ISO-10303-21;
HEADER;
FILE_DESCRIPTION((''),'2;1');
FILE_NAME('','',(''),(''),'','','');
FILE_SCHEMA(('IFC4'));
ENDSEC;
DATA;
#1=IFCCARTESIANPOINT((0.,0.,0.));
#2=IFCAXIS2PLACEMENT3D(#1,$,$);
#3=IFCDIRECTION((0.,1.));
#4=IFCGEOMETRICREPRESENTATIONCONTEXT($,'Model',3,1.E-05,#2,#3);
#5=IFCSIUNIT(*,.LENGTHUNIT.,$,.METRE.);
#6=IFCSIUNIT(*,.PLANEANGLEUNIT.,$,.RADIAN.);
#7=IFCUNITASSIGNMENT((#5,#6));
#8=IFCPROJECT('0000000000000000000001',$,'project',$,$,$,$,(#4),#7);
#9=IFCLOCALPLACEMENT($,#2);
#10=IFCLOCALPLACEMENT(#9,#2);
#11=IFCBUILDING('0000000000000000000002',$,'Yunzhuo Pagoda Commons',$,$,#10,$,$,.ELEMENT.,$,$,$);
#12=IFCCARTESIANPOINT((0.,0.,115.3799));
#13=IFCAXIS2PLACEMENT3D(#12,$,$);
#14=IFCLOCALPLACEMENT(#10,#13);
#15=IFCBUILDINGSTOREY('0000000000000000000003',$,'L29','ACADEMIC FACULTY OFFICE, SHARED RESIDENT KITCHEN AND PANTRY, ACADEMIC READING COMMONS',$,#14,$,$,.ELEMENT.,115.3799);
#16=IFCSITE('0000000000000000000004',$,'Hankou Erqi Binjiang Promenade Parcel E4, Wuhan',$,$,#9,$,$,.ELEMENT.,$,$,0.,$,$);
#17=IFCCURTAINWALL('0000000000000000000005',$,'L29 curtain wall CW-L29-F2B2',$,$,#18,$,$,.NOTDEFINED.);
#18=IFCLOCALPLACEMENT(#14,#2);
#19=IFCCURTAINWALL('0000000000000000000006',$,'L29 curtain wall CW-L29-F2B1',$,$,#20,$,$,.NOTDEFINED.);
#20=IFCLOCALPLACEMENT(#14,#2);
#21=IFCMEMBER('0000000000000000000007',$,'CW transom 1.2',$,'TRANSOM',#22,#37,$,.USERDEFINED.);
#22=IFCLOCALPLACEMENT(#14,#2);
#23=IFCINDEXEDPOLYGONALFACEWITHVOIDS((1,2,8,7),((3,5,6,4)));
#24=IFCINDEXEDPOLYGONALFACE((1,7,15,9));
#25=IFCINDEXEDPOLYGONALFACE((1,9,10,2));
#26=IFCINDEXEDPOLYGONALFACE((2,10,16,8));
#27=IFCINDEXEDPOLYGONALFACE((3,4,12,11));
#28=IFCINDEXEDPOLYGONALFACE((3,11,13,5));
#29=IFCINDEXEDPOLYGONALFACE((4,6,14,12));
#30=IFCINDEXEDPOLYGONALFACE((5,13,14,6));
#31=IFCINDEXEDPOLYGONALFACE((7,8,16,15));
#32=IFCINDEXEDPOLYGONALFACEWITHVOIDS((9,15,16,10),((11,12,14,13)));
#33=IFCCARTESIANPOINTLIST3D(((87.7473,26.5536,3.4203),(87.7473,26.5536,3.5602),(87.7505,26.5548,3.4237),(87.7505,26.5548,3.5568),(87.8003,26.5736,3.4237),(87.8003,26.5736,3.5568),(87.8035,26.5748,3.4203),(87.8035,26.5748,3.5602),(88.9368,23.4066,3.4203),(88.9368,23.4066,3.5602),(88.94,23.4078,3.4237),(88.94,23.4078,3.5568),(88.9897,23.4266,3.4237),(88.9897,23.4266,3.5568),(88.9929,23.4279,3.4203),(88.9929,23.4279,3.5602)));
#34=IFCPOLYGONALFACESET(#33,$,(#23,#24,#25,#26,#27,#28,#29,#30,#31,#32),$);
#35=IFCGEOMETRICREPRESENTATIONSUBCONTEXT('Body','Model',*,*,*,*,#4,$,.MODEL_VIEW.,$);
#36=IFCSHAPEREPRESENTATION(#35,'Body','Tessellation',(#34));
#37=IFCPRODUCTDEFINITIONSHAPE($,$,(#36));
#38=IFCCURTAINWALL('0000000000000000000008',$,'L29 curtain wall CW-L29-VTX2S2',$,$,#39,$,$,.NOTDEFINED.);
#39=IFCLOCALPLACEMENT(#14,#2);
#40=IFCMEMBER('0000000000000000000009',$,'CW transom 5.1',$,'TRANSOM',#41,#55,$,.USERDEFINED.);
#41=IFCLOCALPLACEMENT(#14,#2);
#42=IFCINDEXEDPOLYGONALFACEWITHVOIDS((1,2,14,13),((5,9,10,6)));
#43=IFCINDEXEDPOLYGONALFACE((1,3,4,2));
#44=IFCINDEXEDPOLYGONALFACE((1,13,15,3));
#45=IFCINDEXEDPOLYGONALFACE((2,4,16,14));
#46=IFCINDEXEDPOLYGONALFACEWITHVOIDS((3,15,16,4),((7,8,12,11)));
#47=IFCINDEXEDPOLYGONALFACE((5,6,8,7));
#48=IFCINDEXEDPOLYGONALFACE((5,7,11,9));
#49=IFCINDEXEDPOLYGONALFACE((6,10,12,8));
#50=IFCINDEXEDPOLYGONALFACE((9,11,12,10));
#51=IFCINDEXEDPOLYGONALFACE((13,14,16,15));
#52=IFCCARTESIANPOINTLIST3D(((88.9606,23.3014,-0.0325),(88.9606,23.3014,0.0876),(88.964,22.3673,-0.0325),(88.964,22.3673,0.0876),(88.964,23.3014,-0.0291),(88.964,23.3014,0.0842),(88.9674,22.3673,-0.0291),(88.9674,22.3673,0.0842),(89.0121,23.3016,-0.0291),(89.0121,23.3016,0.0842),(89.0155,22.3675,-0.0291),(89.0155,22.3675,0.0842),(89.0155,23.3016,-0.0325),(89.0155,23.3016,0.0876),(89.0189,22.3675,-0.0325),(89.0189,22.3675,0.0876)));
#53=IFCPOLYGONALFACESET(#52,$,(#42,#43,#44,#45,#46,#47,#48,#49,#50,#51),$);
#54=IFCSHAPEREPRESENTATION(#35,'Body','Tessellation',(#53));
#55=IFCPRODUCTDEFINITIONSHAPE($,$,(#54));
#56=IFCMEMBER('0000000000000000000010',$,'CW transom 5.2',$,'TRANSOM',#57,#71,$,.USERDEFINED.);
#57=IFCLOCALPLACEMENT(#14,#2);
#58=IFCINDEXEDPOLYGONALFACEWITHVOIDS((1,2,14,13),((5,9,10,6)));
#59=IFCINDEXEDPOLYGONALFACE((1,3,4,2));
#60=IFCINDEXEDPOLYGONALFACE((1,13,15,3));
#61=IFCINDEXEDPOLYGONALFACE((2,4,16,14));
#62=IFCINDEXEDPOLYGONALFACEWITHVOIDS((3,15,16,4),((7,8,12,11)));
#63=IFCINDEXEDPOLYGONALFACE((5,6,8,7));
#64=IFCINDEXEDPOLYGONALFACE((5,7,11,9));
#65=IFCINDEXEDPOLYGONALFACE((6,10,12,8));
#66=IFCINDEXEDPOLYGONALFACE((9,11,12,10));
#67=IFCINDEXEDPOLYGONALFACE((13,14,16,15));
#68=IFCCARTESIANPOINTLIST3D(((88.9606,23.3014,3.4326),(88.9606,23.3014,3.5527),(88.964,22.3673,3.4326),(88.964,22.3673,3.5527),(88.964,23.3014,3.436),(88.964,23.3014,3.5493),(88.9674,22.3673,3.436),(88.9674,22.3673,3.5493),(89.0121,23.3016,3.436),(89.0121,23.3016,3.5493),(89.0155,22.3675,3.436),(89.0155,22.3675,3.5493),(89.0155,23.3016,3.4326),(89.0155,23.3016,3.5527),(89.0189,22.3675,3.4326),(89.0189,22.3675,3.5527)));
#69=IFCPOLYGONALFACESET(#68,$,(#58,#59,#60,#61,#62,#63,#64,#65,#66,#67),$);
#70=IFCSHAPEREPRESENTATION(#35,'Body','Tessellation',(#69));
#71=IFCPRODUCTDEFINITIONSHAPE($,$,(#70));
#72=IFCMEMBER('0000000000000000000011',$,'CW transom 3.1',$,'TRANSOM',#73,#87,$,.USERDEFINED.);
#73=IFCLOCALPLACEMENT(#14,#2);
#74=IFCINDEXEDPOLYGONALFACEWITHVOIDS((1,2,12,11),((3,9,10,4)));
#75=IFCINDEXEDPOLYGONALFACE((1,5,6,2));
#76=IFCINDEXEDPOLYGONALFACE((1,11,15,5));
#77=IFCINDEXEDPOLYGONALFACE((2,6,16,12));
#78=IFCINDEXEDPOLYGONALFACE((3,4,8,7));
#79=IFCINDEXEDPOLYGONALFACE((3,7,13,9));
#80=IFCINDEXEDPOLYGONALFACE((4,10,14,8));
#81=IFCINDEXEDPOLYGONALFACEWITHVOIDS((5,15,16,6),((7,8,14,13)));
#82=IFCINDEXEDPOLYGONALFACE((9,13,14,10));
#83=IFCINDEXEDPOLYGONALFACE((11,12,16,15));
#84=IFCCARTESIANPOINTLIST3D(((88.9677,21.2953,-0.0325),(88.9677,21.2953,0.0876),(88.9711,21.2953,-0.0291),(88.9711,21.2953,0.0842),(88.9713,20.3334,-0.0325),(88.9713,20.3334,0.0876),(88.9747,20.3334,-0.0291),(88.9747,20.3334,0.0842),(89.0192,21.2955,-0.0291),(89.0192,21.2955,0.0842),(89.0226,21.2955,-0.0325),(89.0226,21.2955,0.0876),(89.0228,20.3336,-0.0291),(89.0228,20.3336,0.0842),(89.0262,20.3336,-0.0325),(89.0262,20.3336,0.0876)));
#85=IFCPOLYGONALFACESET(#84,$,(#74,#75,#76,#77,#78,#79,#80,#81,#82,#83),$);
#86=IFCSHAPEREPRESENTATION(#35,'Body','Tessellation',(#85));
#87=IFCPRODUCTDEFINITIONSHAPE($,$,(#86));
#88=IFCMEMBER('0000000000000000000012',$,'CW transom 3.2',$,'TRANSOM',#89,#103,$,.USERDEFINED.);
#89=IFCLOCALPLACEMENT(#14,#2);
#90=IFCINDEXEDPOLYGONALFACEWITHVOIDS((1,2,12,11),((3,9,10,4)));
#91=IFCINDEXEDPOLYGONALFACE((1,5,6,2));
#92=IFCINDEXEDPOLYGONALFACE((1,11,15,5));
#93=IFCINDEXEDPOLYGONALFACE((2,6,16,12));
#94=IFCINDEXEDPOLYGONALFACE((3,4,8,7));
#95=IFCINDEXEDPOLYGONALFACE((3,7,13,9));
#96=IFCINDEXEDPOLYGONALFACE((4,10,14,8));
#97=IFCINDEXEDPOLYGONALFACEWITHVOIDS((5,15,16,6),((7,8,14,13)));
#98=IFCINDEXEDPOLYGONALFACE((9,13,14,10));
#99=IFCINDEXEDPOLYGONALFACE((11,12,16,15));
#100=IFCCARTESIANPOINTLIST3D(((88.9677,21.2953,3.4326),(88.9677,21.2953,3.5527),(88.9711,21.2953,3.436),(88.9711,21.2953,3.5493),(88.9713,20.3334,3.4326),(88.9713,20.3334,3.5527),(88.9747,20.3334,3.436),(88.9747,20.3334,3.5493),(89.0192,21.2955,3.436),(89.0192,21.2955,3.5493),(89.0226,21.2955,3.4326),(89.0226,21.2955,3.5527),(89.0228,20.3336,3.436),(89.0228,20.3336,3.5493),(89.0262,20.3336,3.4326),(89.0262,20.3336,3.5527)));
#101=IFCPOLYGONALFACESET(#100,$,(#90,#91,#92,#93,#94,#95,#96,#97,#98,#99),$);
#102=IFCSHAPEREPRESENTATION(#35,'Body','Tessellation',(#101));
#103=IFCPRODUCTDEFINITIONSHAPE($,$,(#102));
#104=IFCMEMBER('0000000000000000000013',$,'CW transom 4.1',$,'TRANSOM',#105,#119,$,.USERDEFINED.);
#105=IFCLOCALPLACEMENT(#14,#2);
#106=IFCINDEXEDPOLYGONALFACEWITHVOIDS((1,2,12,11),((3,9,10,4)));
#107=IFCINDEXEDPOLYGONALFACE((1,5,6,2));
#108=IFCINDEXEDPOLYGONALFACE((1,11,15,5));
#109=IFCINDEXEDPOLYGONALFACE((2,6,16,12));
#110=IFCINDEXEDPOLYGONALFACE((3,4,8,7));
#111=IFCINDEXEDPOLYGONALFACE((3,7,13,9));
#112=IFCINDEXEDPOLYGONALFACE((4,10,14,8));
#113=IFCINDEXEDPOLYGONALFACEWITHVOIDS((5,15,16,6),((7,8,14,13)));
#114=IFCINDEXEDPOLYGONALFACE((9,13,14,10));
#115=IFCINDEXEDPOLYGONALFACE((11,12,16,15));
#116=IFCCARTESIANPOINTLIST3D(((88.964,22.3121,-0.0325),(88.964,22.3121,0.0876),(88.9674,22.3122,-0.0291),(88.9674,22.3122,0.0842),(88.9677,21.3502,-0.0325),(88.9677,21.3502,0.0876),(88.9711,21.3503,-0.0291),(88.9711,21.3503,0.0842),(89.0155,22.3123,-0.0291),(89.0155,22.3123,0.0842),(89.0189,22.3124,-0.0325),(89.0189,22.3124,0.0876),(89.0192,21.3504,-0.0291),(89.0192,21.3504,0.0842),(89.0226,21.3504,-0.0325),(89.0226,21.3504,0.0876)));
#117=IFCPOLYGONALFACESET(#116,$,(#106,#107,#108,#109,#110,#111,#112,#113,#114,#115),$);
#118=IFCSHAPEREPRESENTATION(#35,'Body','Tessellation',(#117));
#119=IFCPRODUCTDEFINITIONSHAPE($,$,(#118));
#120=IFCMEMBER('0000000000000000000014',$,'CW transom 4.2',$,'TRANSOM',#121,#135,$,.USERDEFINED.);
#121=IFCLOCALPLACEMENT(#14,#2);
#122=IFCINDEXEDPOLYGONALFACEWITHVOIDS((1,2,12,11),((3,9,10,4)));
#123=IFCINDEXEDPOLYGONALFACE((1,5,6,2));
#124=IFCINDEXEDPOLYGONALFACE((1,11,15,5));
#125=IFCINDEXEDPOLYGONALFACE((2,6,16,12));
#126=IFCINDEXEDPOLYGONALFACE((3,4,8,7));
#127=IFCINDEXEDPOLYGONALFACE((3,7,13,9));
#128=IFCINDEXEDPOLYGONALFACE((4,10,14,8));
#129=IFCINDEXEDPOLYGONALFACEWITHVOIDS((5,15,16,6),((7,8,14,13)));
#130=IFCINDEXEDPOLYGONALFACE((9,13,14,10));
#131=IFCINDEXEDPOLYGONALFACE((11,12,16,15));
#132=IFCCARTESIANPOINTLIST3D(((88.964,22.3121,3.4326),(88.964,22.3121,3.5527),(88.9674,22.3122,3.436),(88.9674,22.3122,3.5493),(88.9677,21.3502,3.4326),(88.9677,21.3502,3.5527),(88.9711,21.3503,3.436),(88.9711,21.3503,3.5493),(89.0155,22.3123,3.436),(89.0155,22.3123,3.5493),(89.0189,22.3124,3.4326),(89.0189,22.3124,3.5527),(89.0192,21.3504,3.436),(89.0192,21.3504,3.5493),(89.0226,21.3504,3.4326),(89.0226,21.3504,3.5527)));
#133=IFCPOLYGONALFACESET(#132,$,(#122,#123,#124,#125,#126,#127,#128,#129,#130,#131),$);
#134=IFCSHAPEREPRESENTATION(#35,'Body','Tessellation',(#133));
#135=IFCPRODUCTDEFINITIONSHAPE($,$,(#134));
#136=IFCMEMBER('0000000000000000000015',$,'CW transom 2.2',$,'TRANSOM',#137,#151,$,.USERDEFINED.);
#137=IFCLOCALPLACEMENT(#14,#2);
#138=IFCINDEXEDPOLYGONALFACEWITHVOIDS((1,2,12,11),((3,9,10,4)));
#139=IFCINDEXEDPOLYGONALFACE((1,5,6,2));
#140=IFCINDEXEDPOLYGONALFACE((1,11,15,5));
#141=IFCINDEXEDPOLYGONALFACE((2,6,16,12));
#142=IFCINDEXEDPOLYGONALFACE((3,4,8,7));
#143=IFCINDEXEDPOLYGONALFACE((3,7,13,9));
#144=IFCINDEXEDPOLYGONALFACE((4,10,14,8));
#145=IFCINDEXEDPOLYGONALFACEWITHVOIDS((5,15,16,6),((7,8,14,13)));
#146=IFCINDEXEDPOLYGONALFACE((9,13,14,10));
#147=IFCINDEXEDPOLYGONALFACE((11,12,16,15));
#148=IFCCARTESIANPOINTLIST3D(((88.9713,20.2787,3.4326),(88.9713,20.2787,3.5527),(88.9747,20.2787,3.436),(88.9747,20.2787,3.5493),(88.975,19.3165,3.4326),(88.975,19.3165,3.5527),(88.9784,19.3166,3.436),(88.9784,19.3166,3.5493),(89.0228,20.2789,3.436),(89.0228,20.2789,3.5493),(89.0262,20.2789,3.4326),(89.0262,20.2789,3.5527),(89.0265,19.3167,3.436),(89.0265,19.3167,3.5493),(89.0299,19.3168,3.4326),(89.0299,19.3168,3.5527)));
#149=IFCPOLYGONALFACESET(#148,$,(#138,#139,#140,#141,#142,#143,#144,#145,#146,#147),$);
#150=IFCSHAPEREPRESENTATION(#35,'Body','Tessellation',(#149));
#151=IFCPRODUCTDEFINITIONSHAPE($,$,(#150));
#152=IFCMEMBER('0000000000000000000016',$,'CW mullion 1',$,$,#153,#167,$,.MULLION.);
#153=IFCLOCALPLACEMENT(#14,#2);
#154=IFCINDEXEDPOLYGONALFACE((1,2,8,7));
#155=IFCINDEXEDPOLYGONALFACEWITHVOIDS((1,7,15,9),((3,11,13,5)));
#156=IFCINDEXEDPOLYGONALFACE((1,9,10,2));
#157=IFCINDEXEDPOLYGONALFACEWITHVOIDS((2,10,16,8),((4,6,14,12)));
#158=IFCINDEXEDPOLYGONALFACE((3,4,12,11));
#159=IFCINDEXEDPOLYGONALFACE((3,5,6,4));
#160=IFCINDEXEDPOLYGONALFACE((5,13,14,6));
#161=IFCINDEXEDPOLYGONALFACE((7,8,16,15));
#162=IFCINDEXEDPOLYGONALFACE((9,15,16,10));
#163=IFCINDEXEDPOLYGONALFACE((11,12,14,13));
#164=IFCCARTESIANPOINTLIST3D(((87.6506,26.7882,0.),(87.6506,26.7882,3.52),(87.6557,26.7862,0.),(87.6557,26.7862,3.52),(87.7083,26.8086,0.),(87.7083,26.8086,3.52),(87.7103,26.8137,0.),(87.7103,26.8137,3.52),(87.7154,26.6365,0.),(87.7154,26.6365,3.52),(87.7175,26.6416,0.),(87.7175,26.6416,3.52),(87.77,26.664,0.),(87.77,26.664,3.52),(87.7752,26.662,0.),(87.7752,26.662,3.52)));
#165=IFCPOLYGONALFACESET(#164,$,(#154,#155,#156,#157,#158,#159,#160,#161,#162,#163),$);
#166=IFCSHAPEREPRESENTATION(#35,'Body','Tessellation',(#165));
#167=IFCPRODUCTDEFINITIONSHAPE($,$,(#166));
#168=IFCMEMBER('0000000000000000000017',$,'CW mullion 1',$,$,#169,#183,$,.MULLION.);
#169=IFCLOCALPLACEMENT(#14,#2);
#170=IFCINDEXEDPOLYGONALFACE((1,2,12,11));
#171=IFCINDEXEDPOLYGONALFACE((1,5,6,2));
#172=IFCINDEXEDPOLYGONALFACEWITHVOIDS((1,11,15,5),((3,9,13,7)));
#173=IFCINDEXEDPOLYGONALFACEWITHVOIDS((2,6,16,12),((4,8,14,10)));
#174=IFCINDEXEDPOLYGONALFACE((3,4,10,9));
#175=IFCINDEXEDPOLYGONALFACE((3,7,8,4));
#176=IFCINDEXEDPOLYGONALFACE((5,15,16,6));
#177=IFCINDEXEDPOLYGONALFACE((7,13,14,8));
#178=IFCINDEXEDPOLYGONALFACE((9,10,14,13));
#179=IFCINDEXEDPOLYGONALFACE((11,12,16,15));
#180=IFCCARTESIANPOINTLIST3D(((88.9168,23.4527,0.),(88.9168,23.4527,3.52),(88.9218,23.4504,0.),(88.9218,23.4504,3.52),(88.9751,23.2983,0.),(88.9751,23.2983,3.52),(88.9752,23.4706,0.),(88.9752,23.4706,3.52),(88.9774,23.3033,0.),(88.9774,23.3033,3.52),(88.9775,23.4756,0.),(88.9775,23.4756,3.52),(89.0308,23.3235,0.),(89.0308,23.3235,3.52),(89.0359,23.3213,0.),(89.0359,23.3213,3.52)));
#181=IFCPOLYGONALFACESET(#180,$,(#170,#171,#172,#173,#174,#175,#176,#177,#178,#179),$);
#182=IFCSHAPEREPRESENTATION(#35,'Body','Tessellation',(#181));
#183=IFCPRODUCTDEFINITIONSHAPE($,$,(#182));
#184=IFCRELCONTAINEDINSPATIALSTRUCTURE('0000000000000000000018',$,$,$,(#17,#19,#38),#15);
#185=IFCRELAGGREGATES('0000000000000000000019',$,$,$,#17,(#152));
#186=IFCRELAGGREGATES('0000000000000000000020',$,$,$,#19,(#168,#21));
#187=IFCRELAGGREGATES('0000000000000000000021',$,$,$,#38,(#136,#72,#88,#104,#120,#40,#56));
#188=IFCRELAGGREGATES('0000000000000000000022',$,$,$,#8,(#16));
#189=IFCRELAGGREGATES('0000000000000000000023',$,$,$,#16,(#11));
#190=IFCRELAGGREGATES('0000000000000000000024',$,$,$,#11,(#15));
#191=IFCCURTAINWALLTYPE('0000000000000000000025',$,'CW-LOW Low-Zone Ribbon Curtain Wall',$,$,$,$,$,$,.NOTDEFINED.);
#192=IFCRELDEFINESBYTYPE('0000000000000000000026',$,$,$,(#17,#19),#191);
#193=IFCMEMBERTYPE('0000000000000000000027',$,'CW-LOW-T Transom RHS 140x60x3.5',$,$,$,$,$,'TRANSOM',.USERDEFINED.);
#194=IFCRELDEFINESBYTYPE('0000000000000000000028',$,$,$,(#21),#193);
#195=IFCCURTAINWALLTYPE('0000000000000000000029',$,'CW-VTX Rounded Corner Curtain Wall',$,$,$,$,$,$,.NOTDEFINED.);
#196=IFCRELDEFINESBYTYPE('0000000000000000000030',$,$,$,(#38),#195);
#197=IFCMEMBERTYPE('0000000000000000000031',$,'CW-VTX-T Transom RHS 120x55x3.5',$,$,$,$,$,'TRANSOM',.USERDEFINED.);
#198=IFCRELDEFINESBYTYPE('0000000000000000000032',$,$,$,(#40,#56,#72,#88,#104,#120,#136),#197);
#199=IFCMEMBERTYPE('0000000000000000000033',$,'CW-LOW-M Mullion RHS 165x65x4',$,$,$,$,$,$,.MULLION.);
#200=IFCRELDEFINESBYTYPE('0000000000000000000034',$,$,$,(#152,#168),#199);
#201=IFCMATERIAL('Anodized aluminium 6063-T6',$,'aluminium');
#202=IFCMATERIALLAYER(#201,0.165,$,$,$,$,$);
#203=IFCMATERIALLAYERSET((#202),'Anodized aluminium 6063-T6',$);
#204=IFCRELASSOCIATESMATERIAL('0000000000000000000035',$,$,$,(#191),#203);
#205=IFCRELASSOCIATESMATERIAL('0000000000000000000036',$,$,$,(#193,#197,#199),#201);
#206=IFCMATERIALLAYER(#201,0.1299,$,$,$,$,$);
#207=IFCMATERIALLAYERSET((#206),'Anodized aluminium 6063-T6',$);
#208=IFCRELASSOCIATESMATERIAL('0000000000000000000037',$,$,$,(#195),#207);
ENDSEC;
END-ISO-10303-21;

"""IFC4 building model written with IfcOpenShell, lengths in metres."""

from ifc_helpers import new_model, si_unit, direction, frame, origin, origin_2d, place, context, subcontext, project, spatial, hollow_rectangle, extrude, source, transform, mapped, material, layer, layer_set, material_profile, profile_set, type_object, element, aggregate, save


model = new_model("IFC4")

# Units and contexts
model_context = context("Model", 3, precision=1e-05, world=origin(), true_north=direction((0.0, 1.0)))
body_context = subcontext(model_context, "Body", "Model", "MODEL_VIEW")
ifc_project = project(units=[si_unit("LENGTHUNIT", "METRE"), si_unit("PLANEANGLEUNIT", "RADIAN")], contexts=[model_context])

# Site, building, storey
site_placement = place(None, origin())
site = spatial("IfcSite", under=ifc_project, at=site_placement, Name="Hankou Erqi Binjiang Promenade Parcel E4, Wuhan", CompositionType="ELEMENT", RefElevation=0.0)
building_placement = place(site_placement, origin())
building = spatial("IfcBuilding", under=site, at=building_placement, Name="Yunzhuo Pagoda Commons", CompositionType="ELEMENT")
storey_placement = place(building_placement, frame((0.0, 0.0, 115.3799)))
storey = spatial("IfcBuildingStorey", under=building, at=storey_placement, Name="L29", Description="ACADEMIC FACULTY OFFICE, SHARED RESIDENT KITCHEN AND PANTRY, ACADEMIC READING COMMONS", CompositionType="ELEMENT", Elevation=115.3799)

# Curtain walls, members
ifc_material_1 = material(Name="Anodized aluminium 6063-T6", Category="aluminium")
ifc_layer_1 = layer(ifc_material_1, 0.165)
ifc_layer_set_1 = layer_set([ifc_layer_1], Name="Anodized aluminium 6063-T6")
curtain_wall_type_1 = type_object("IfcCurtainWallType", Name="CW-LOW Low-Zone Ribbon Curtain Wall", PredefinedType="NOTDEFINED", material=ifc_layer_set_1)
curtain_wall_1_placement = place(storey_placement, origin())
curtain_wall_1 = element("IfcCurtainWall", 1, at=curtain_wall_1_placement, inside=storey, type_object=curtain_wall_type_1, Name="L29 curtain wall CW-L29-F2B2", PredefinedType="NOTDEFINED")
ifc_material_profile_1 = material_profile(ifc_material_1, hollow_rectangle(XDim=0.0601, YDim=0.1399, WallThickness=0.0034, at=origin_2d()), Name="Anodized aluminium 6063-T6")
ifc_profile_set_1 = profile_set([ifc_material_profile_1], Name="Anodized aluminium 6063-T6")
member_type_1 = type_object("IfcMemberType", Name="CW-LOW-T Transom RHS 140x60x3.5", ElementType="TRANSOM", PredefinedType="USERDEFINED", material=ifc_profile_set_1)
curtain_wall_2_placement = place(storey_placement, origin())
curtain_wall_2 = element("IfcCurtainWall", 2, at=curtain_wall_2_placement, inside=storey, type_object=curtain_wall_type_1, Name="L29 curtain wall CW-L29-F2B1", PredefinedType="NOTDEFINED")
shared_shape_1 = source(origin(), body_context, "Body", "SweptSolid", [
    extrude(hollow_rectangle(XDim=0.0601, YDim=0.1399, WallThickness=0.0034, at=origin_2d()), origin(), (0.0, 0.0, 1.0), 3.3643),
])
member_1_placement = place(storey_placement, frame((88.9648, 23.4172, 3.4902), z_axis=(-0.353556, 0.935413, 0.0), x_axis=(-0.935413, -0.353556, 0.0)))
member_1 = element("IfcMember", 3, at=member_1_placement, type_object=member_type_1, Name="CW transom 1.2", ObjectType="TRANSOM", PredefinedType="USERDEFINED", context=body_context, shape_type="MappedRepresentation", body=[
    mapped(shared_shape_1, transform((0.0, 0.0, 0.0), scale=1.0)),
])
ifc_layer_2 = layer(ifc_material_1, 0.1299)
ifc_layer_set_2 = layer_set([ifc_layer_2], Name="Anodized aluminium 6063-T6")
curtain_wall_type_2 = type_object("IfcCurtainWallType", Name="CW-VTX Rounded Corner Curtain Wall", PredefinedType="NOTDEFINED", material=ifc_layer_set_2)
curtain_wall_3_placement = place(storey_placement, origin())
curtain_wall_3 = element("IfcCurtainWall", 4, at=curtain_wall_3_placement, inside=storey, type_object=curtain_wall_type_2, Name="L29 curtain wall CW-L29-VTX2S2", PredefinedType="NOTDEFINED")
ifc_material_profile_2 = material_profile(ifc_material_1, hollow_rectangle(XDim=0.0549, YDim=0.1201, WallThickness=0.0034, at=origin_2d()), Name="Anodized aluminium 6063-T6")
ifc_profile_set_2 = profile_set([ifc_material_profile_2], Name="Anodized aluminium 6063-T6")
member_type_2 = type_object("IfcMemberType", Name="CW-VTX-T Transom RHS 120x55x3.5", ElementType="TRANSOM", PredefinedType="USERDEFINED", material=ifc_profile_set_2)
shared_shape_2 = source(origin(), body_context, "Body", "SweptSolid", [
    extrude(hollow_rectangle(XDim=0.0549, YDim=0.1201, WallThickness=0.0034, at=origin_2d()), origin(), (0.0, 0.0, 1.0), 0.9341),
])
member_2_placement = place(storey_placement, frame((88.9915, 22.3674, 0.0276), z_axis=(-0.003659, 0.999993, 0.0), x_axis=(-0.999993, -0.003659, 0.0)))
member_2 = element("IfcMember", 5, at=member_2_placement, type_object=member_type_2, Name="CW transom 5.1", ObjectType="TRANSOM", PredefinedType="USERDEFINED", context=body_context, shape_type="MappedRepresentation", body=[
    mapped(shared_shape_2, transform((0.0, 0.0, 0.0), scale=1.0)),
])
member_3_placement = place(storey_placement, frame((88.9915, 22.3674, 3.4927), z_axis=(-0.003659, 0.999993, 0.0), x_axis=(-0.999993, -0.003659, 0.0)))
member_3 = element("IfcMember", 6, at=member_3_placement, type_object=member_type_2, Name="CW transom 5.2", ObjectType="TRANSOM", PredefinedType="USERDEFINED", context=body_context, shape_type="MappedRepresentation", body=[
    mapped(shared_shape_2, transform((0.0, 0.0, 0.0), scale=1.0)),
])
shared_shape_3 = source(origin(), body_context, "Body", "SweptSolid", [
    extrude(hollow_rectangle(XDim=0.0549, YDim=0.1201, WallThickness=0.0034, at=origin_2d()), origin(), (0.0, 0.0, 1.0), 0.9619),
])
member_4_placement = place(storey_placement, frame((88.9988, 20.3335, 0.0276), z_axis=(-0.003807, 0.999993, 0.0), x_axis=(-0.999993, -0.003807, 0.0)))
member_4 = element("IfcMember", 7, at=member_4_placement, type_object=member_type_2, Name="CW transom 3.1", ObjectType="TRANSOM", PredefinedType="USERDEFINED", context=body_context, shape_type="MappedRepresentation", body=[
    mapped(shared_shape_3, transform((0.0, 0.0, 0.0), scale=1.0)),
])
member_5_placement = place(storey_placement, frame((88.9988, 20.3335, 3.4927), z_axis=(-0.003807, 0.999993, 0.0), x_axis=(-0.999993, -0.003807, 0.0)))
member_5 = element("IfcMember", 8, at=member_5_placement, type_object=member_type_2, Name="CW transom 3.2", ObjectType="TRANSOM", PredefinedType="USERDEFINED", context=body_context, shape_type="MappedRepresentation", body=[
    mapped(shared_shape_3, transform((0.0, 0.0, 0.0), scale=1.0)),
])
member_6_placement = place(storey_placement, frame((88.9951, 21.3503, 0.0276), z_axis=(-0.003807, 0.999993, 0.0), x_axis=(-0.999993, -0.003807, 0.0)))
member_6 = element("IfcMember", 9, at=member_6_placement, type_object=member_type_2, Name="CW transom 4.1", ObjectType="TRANSOM", PredefinedType="USERDEFINED", context=body_context, shape_type="MappedRepresentation", body=[
    mapped(shared_shape_3, transform((0.0, 0.0, 0.0), scale=1.0)),
])
member_7_placement = place(storey_placement, frame((88.9951, 21.3503, 3.4927), z_axis=(-0.003807, 0.999993, 0.0), x_axis=(-0.999993, -0.003807, 0.0)))
member_7 = element("IfcMember", 10, at=member_7_placement, type_object=member_type_2, Name="CW transom 4.2", ObjectType="TRANSOM", PredefinedType="USERDEFINED", context=body_context, shape_type="MappedRepresentation", body=[
    mapped(shared_shape_3, transform((0.0, 0.0, 0.0), scale=1.0)),
])
shared_shape_4 = source(origin(), body_context, "Body", "SweptSolid", [
    extrude(hollow_rectangle(XDim=0.0549, YDim=0.1201, WallThickness=0.0034, at=origin_2d()), origin(), (0.0, 0.0, 1.0), 0.9622),
])
member_8_placement = place(storey_placement, frame((89.0024, 19.3167, 3.4927), z_axis=(-0.003806, 0.999993, 0.0), x_axis=(-0.999993, -0.003806, 0.0)))
member_8 = element("IfcMember", 11, at=member_8_placement, type_object=member_type_2, Name="CW transom 2.2", ObjectType="TRANSOM", PredefinedType="USERDEFINED", context=body_context, shape_type="MappedRepresentation", body=[
    mapped(shared_shape_4, transform((0.0, 0.0, 0.0), scale=1.0)),
])

# Members
ifc_material_profile_3 = material_profile(ifc_material_1, hollow_rectangle(XDim=0.0649, YDim=0.165, WallThickness=0.0039, at=origin_2d()), Name="Anodized aluminium 6063-T6")
ifc_profile_set_3 = profile_set([ifc_material_profile_3], Name="Anodized aluminium 6063-T6")
member_type_3 = type_object("IfcMemberType", Name="CW-LOW-M Mullion RHS 165x65x4", PredefinedType="MULLION", material=ifc_profile_set_3)
shared_shape_5 = source(origin(), body_context, "Body", "SweptSolid", [
    extrude(hollow_rectangle(XDim=0.0649, YDim=0.165, WallThickness=0.0039, at=origin_2d()), origin(), (0.0, 0.0, 1.0), 3.52),
])
member_9_placement = place(storey_placement, frame((87.7129, 26.7251, 0.0), z_axis=(0.0, 0.0, 1.0), x_axis=(-0.919649, -0.392742, 0.0)))
member_9 = element("IfcMember", 12, at=member_9_placement, type_object=member_type_3, Name="CW mullion 1", PredefinedType="MULLION", context=body_context, shape_type="MappedRepresentation", body=[
    mapped(shared_shape_5, transform((0.0, 0.0, 0.0), scale=1.0)),
])
aggregate(curtain_wall_1, [member_9])
member_10_placement = place(storey_placement, frame((88.9763, 23.387, 0.0), z_axis=(0.0, 0.0, 1.0), x_axis=(-0.935397, -0.3536, 0.0)))
member_10 = element("IfcMember", 13, at=member_10_placement, type_object=member_type_3, Name="CW mullion 1", PredefinedType="MULLION", context=body_context, shape_type="MappedRepresentation", body=[
    mapped(shared_shape_5, transform((0.0, 0.0, 0.0), scale=1.0)),
])

aggregate(curtain_wall_2, [member_10, member_1])
aggregate(curtain_wall_3, [member_8, member_4, member_5, member_6, member_7, member_2, member_3])

save(model, "model.ifc")
